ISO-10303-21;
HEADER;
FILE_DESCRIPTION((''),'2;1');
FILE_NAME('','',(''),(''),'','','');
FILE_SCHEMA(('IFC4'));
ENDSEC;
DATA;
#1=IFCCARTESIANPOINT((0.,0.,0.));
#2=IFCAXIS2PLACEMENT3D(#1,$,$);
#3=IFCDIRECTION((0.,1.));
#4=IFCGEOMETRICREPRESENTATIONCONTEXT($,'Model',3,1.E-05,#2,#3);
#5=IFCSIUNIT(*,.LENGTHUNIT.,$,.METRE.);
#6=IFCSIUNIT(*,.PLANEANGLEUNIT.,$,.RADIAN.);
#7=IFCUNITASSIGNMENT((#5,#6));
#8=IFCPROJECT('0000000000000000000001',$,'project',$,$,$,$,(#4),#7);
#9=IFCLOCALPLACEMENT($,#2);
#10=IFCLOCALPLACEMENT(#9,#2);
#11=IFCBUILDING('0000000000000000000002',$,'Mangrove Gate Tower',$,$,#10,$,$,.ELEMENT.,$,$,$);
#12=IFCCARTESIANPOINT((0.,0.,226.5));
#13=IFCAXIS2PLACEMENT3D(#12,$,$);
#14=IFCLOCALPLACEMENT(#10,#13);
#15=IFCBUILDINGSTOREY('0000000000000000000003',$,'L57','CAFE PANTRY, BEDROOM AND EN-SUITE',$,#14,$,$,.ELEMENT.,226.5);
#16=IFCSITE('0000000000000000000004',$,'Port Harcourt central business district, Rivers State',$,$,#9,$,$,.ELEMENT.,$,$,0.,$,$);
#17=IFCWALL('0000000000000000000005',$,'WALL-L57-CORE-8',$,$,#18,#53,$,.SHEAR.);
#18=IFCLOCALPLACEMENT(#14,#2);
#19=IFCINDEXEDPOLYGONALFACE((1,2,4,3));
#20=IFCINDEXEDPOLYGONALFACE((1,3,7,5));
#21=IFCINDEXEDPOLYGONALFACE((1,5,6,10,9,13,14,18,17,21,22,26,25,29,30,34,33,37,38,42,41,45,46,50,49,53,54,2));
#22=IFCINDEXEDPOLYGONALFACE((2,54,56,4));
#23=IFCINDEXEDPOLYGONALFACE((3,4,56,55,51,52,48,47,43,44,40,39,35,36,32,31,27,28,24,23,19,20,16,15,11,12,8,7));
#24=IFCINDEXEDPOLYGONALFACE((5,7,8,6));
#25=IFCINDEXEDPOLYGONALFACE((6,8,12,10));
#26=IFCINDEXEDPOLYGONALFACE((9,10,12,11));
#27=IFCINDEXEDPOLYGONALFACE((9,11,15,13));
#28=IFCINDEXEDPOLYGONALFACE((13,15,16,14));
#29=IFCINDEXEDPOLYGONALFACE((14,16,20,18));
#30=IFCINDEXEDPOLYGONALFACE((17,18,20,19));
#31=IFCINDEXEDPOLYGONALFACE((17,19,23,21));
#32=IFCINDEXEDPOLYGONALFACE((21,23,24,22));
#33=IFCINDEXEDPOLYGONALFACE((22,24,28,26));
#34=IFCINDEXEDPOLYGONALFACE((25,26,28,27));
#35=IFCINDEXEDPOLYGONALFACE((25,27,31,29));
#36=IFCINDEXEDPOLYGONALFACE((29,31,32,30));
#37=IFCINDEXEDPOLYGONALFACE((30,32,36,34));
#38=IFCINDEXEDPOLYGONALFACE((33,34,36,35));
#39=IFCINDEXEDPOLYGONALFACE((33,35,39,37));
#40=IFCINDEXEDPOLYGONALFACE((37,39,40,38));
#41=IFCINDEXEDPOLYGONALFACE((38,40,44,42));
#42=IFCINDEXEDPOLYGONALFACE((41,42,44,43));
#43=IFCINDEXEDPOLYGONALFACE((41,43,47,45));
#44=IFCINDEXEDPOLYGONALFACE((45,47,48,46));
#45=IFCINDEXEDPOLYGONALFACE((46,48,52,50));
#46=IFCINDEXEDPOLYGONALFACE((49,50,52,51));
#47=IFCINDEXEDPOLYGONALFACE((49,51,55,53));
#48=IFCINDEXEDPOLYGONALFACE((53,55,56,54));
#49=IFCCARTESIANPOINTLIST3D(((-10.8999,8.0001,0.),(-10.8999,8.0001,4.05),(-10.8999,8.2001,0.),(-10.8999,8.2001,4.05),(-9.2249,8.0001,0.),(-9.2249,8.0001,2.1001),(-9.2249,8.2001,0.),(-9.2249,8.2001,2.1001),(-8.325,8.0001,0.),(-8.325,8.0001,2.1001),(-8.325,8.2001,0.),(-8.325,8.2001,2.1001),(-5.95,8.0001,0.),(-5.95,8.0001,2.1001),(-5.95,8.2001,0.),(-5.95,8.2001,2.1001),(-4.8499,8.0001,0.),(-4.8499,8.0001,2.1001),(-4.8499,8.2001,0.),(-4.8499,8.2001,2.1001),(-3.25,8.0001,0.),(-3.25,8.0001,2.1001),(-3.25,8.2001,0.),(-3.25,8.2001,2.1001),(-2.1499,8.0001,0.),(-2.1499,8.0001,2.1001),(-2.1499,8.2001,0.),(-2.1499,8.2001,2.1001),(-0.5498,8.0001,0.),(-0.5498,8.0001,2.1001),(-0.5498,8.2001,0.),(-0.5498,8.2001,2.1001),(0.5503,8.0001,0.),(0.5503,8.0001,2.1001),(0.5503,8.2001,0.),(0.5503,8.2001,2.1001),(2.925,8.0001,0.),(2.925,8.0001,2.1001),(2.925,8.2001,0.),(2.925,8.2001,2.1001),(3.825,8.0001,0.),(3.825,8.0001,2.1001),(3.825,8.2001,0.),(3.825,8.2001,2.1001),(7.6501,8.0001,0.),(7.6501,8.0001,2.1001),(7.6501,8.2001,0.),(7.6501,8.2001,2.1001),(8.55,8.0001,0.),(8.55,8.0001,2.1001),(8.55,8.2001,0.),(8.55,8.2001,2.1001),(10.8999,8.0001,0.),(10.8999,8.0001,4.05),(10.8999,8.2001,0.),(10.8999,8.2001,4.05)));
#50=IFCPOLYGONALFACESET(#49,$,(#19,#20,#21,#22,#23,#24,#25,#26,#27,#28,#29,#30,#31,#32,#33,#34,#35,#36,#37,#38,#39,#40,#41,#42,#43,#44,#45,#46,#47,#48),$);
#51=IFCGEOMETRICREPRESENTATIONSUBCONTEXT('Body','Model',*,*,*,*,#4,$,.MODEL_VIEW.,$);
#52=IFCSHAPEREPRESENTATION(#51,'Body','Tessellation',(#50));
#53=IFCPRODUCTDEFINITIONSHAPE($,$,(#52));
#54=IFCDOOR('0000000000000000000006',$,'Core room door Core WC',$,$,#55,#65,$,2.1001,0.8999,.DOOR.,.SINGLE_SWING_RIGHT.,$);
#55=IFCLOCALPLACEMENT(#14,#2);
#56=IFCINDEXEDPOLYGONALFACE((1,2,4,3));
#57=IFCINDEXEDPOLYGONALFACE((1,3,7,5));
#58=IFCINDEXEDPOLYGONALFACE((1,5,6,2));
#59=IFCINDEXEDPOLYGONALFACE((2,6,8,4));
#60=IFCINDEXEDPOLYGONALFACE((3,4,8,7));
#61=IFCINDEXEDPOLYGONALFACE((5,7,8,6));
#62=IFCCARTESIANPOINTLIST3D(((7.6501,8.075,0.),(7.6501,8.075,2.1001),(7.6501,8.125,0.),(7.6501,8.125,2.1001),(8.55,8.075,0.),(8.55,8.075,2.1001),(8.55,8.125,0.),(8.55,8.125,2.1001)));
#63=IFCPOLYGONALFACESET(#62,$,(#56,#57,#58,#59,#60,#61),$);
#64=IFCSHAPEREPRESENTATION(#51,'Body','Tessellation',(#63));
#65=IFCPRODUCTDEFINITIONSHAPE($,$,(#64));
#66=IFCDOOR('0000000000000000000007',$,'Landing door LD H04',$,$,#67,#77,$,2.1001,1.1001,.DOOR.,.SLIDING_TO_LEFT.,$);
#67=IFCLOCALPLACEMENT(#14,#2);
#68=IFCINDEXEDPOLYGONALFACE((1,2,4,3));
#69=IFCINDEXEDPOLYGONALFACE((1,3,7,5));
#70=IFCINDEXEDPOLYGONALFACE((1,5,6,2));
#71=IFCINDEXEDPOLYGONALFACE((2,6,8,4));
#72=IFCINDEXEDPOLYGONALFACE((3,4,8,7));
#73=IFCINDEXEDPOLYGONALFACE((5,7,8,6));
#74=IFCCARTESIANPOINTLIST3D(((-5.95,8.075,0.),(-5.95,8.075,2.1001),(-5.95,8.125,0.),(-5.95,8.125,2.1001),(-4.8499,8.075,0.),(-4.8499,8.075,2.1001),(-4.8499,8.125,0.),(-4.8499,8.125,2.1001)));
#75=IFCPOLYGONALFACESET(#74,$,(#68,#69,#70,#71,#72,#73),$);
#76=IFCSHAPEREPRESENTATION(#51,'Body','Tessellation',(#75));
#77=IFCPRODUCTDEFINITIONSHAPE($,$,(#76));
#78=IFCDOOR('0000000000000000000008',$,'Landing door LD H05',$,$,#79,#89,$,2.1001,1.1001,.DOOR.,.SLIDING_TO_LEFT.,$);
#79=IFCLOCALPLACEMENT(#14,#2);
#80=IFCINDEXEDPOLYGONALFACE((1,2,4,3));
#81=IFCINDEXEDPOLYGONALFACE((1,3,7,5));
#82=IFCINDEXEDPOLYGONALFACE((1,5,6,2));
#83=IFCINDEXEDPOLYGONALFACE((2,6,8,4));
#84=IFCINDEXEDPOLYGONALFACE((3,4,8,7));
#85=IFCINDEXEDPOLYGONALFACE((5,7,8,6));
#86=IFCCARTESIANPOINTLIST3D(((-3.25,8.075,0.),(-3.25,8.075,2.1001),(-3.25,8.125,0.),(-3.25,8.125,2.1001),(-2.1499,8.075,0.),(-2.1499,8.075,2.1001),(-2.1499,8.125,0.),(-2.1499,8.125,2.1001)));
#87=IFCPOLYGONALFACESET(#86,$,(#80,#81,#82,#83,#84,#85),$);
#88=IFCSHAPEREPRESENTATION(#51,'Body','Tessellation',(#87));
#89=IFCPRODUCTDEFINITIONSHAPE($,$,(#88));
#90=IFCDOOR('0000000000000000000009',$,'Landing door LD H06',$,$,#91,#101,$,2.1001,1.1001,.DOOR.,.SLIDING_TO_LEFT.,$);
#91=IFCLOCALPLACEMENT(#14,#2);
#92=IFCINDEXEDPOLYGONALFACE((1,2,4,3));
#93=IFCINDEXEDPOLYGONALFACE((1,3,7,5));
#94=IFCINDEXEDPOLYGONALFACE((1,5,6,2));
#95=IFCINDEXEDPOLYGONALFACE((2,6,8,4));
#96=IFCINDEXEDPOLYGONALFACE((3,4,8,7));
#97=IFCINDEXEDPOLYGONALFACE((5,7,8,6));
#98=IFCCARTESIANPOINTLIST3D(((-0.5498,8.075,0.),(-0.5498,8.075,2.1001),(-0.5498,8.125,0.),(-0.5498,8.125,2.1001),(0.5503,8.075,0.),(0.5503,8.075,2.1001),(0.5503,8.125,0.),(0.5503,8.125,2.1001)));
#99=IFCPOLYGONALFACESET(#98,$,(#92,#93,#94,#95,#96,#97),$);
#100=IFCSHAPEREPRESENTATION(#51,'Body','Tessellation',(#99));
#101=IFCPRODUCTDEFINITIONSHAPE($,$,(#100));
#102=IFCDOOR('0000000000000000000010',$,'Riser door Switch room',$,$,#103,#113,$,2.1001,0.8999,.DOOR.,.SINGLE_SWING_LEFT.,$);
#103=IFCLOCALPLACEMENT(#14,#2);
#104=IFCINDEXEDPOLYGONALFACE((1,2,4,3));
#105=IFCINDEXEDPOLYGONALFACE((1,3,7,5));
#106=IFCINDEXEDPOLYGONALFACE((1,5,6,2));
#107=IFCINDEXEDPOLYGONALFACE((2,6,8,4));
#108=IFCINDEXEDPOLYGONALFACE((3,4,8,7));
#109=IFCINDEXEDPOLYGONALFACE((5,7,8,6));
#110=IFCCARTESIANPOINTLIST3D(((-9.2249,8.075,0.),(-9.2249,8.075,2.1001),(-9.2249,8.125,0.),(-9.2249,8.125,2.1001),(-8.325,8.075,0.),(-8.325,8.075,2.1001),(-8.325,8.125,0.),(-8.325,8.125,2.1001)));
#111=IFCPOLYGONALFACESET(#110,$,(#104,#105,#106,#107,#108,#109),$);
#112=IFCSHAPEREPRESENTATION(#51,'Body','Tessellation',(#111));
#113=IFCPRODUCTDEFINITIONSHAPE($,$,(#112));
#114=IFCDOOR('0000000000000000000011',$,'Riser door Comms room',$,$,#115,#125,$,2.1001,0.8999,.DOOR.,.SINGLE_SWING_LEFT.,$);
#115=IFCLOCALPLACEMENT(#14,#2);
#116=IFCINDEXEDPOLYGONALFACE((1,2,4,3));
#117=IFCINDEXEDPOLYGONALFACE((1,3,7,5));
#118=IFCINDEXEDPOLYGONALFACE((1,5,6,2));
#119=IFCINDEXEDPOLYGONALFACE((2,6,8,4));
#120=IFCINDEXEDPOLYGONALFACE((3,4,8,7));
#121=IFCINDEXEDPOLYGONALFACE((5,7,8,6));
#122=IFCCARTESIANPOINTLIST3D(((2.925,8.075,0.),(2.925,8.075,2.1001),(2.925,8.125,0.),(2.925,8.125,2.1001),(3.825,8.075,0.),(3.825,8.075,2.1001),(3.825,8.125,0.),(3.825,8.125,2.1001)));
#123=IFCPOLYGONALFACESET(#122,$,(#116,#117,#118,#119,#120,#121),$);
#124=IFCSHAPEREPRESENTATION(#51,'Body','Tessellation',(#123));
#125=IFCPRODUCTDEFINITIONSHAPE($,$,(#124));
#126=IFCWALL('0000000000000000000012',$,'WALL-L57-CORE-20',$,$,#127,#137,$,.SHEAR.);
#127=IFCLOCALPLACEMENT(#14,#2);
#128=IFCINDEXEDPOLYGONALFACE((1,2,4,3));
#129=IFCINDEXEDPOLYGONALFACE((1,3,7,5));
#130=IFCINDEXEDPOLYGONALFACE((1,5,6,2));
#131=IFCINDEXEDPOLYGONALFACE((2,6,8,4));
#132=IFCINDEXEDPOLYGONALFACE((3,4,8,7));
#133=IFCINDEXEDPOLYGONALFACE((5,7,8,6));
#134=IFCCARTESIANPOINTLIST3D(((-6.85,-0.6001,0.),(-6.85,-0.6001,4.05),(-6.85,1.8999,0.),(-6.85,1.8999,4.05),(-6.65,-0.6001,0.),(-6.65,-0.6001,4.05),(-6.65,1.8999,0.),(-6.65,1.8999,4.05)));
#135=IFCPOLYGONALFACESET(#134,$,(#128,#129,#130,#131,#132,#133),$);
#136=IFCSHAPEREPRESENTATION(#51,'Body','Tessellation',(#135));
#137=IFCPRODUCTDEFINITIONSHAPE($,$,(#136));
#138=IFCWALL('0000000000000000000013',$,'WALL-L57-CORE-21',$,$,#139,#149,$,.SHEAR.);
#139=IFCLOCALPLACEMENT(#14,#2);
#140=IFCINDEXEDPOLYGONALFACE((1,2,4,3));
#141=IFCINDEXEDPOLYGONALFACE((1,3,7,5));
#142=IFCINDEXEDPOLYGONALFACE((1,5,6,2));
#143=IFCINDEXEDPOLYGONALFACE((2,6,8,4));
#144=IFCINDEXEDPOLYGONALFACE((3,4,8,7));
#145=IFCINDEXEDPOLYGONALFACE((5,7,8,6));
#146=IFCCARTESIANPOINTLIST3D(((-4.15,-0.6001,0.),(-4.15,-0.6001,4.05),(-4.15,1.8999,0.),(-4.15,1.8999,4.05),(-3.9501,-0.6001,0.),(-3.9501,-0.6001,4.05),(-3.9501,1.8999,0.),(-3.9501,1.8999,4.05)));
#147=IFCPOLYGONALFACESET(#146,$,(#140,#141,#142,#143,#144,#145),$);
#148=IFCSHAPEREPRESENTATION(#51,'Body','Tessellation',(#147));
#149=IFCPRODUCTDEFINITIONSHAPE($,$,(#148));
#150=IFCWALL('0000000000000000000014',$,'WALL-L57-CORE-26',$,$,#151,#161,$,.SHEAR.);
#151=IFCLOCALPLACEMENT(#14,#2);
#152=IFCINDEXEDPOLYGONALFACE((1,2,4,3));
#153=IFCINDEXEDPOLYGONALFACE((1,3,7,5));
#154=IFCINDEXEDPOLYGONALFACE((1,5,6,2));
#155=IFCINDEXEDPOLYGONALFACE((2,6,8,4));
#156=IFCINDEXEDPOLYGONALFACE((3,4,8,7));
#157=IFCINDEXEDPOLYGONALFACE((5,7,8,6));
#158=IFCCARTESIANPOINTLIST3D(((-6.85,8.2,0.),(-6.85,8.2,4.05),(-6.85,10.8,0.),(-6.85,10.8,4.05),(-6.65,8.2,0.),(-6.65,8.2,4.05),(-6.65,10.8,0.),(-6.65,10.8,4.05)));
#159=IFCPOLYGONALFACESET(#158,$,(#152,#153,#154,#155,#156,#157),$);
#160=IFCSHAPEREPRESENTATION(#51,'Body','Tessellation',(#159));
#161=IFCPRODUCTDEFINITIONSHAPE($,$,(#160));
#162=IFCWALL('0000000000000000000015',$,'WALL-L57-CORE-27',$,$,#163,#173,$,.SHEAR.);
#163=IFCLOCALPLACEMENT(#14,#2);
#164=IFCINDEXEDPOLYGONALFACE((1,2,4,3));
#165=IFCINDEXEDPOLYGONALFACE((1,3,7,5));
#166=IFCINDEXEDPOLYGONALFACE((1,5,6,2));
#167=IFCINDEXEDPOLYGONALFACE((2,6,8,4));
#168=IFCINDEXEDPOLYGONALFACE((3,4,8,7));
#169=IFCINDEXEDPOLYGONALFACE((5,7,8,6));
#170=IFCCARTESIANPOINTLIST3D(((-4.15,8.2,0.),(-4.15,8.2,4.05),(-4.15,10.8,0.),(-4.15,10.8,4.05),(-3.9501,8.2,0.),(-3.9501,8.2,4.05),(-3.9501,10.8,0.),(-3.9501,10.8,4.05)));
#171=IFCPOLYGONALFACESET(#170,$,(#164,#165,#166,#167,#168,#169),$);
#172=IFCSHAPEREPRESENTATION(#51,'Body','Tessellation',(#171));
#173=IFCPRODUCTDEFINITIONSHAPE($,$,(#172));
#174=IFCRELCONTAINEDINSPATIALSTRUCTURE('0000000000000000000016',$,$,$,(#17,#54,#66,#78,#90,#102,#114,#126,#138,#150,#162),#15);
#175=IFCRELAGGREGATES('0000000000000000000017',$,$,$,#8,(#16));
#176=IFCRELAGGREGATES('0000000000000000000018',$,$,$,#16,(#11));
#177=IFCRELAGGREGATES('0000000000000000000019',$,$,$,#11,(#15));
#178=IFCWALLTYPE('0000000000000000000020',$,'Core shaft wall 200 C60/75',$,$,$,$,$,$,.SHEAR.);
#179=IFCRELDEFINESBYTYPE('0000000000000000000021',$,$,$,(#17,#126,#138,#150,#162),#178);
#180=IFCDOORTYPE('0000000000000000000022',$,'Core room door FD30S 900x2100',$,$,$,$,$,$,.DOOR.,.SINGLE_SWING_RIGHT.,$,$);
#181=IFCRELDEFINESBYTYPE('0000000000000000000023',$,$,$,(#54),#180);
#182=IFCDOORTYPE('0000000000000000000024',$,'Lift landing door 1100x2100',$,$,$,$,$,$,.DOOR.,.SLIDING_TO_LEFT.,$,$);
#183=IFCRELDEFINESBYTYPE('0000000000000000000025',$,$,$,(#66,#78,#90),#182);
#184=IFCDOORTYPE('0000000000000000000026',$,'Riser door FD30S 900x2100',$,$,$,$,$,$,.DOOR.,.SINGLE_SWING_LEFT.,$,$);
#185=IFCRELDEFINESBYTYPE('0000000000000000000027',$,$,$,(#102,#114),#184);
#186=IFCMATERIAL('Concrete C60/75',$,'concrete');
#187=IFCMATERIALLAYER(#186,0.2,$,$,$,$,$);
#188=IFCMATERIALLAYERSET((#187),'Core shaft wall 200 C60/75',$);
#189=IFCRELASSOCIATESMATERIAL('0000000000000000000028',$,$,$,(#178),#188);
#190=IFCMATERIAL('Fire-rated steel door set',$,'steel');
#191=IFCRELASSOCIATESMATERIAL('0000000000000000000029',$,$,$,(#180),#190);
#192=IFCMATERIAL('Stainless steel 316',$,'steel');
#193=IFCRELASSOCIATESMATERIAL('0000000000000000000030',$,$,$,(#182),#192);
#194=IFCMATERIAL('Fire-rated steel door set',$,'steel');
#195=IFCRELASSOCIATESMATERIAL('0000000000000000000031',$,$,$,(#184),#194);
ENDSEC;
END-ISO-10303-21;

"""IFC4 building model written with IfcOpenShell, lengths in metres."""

from ifc_helpers import new_model, si_unit, direction, frame, frame_2d, origin, place, context, subcontext, project, spatial, rectangle, extrude, material, layer, layer_set, type_object, element, fill, save


model = new_model("IFC4")

# Units and contexts
model_context = context("Model", 3, precision=1e-05, world=origin(), true_north=direction((0.0, 1.0)))
body_context = subcontext(model_context, "Body", "Model", "MODEL_VIEW")
ifc_project = project(units=[si_unit("LENGTHUNIT", "METRE"), si_unit("PLANEANGLEUNIT", "RADIAN")], contexts=[model_context])

# Site, building, storey
site_placement = place(None, origin())
site = spatial("IfcSite", under=ifc_project, at=site_placement, Name="Port Harcourt central business district, Rivers State", CompositionType="ELEMENT", RefElevation=0.0)
building_placement = place(site_placement, origin())
building = spatial("IfcBuilding", under=site, at=building_placement, Name="Mangrove Gate Tower", CompositionType="ELEMENT")
storey_placement = place(building_placement, frame((0.0, 0.0, 226.5)))
storey = spatial("IfcBuildingStorey", under=building, at=storey_placement, Name="L57", Description="CAFE PANTRY, BEDROOM AND EN-SUITE", CompositionType="ELEMENT", Elevation=226.5)

# Shared definitions
ifc_material_1 = material(Name="Concrete C60/75", Category="concrete")
ifc_layer_1 = layer(ifc_material_1, 0.2)
ifc_layer_set_1 = layer_set([ifc_layer_1], Name="Core shaft wall 200 C60/75")
wall_type_1 = type_object("IfcWallType", Name="Core shaft wall 200 C60/75", PredefinedType="SHEAR", material=ifc_layer_set_1)

# Wall, openings, doors
ifc_material_2 = material(Name="Fire-rated steel door set", Category="steel")
door_type_1 = type_object("IfcDoorType", Name="Core room door FD30S 900x2100", OperationType="SINGLE_SWING_RIGHT", PredefinedType="DOOR", material=ifc_material_2)
ifc_material_3 = material(Name="Stainless steel 316", Category="steel")
door_type_2 = type_object("IfcDoorType", Name="Lift landing door 1100x2100", OperationType="SLIDING_TO_LEFT", PredefinedType="DOOR", material=ifc_material_3)
ifc_material_4 = material(Name="Fire-rated steel door set", Category="steel")
door_type_3 = type_object("IfcDoorType", Name="Riser door FD30S 900x2100", OperationType="SINGLE_SWING_LEFT", PredefinedType="DOOR", material=ifc_material_4)
wall_1_placement = place(storey_placement, frame((-10.8999, 8.1001, 0.0), z_axis=(0.0, 0.0, 1.0), x_axis=(1.0, 0.0, 0.0)))
wall_1 = element("IfcWall", 1, at=wall_1_placement, inside=storey, type_object=wall_type_1, Name="WALL-L57-CORE-8", PredefinedType="SHEAR", context=body_context, shape_type="SweptSolid", body=[
    extrude(rectangle(XDim=21.7998, YDim=0.2, at=frame_2d((10.8999, 0.0))), origin(), (0.0, 0.0, 1.0), 4.05),
])
opening_1_placement = place(wall_1_placement, frame((4.95, 0.0, 0.0)))
opening_1 = element("IfcOpeningElement", 2, at=opening_1_placement, cuts=wall_1, PredefinedType="OPENING", context=body_context, shape_type="SweptSolid", body=[
    extrude(rectangle(XDim=1.1001, YDim=2.1001, at=frame_2d((0.55, 1.05))), frame((0.0, 0.1099, 0.0), z_axis=(0.0, -1.0, 0.0), x_axis=(1.0, 0.0, 0.0)), (0.0, 0.0, 1.0), 0.22),
])
opening_2_placement = place(wall_1_placement, frame((7.6499, 0.0, 0.0)))
opening_2 = element("IfcOpeningElement", 3, at=opening_2_placement, cuts=wall_1, PredefinedType="OPENING", context=body_context, shape_type="SweptSolid", body=[
    extrude(rectangle(XDim=1.1001, YDim=2.1001, at=frame_2d((0.55, 1.05))), frame((0.0, 0.1099, 0.0), z_axis=(0.0, -1.0, 0.0), x_axis=(1.0, 0.0, 0.0)), (0.0, 0.0, 1.0), 0.22),
])
opening_3_placement = place(wall_1_placement, frame((10.3501, 0.0, 0.0)))
opening_3 = element("IfcOpeningElement", 4, at=opening_3_placement, cuts=wall_1, PredefinedType="OPENING", context=body_context, shape_type="SweptSolid", body=[
    extrude(rectangle(XDim=1.1001, YDim=2.1001, at=frame_2d((0.55, 1.05))), frame((0.0, 0.1099, 0.0), z_axis=(0.0, -1.0, 0.0), x_axis=(1.0, 0.0, 0.0)), (0.0, 0.0, 1.0), 0.22),
])
opening_4_placement = place(wall_1_placement, frame((1.675, 0.0, 0.0)))
opening_4 = element("IfcOpeningElement", 5, at=opening_4_placement, cuts=wall_1, PredefinedType="OPENING", context=body_context, shape_type="SweptSolid", body=[
    extrude(rectangle(XDim=0.8999, YDim=2.1001, at=frame_2d((0.45, 1.05))), frame((0.0, 0.1099, 0.0), z_axis=(0.0, -1.0, 0.0), x_axis=(1.0, 0.0, 0.0)), (0.0, 0.0, 1.0), 0.22),
])
opening_5_placement = place(wall_1_placement, frame((13.825, 0.0, 0.0)))
opening_5 = element("IfcOpeningElement", 6, at=opening_5_placement, cuts=wall_1, PredefinedType="OPENING", context=body_context, shape_type="SweptSolid", body=[
    extrude(rectangle(XDim=0.8999, YDim=2.1001, at=frame_2d((0.45, 1.05))), frame((0.0, 0.1099, 0.0), z_axis=(0.0, -1.0, 0.0), x_axis=(1.0, 0.0, 0.0)), (0.0, 0.0, 1.0), 0.22),
])
opening_6_placement = place(wall_1_placement, frame((18.55, 0.0, 0.0)))
opening_6 = element("IfcOpeningElement", 7, at=opening_6_placement, cuts=wall_1, PredefinedType="OPENING", context=body_context, shape_type="SweptSolid", body=[
    extrude(rectangle(XDim=0.8999, YDim=2.1001, at=frame_2d((0.45, 1.05))), frame((0.0, 0.1099, 0.0), z_axis=(0.0, -1.0, 0.0), x_axis=(1.0, 0.0, 0.0)), (0.0, 0.0, 1.0), 0.22),
])
door_1_placement = place(opening_6_placement, origin())
door_1 = element("IfcDoor", 8, at=door_1_placement, inside=storey, type_object=door_type_1, Name="Core room door Core WC", OperationType="SINGLE_SWING_RIGHT", OverallHeight=2.1001, OverallWidth=0.8999, PredefinedType="DOOR", context=body_context, shape_type="SweptSolid", body=[
    extrude(rectangle(XDim=0.8999, YDim=2.1001, at=frame_2d((0.45, 1.05))), frame((0.0, 0.0249, 0.0), z_axis=(0.0, -1.0, 0.0), x_axis=(1.0, 0.0, 0.0)), (0.0, 0.0, 1.0), 0.05),
])
fill(opening_6, door_1)
door_2_placement = place(opening_1_placement, origin())
door_2 = element("IfcDoor", 9, at=door_2_placement, inside=storey, type_object=door_type_2, Name="Landing door LD H04", OperationType="SLIDING_TO_LEFT", OverallHeight=2.1001, OverallWidth=1.1001, PredefinedType="DOOR", context=body_context, shape_type="SweptSolid", body=[
    extrude(rectangle(XDim=1.1001, YDim=2.1001, at=frame_2d((0.55, 1.05))), frame((0.0, 0.0249, 0.0), z_axis=(0.0, -1.0, 0.0), x_axis=(1.0, 0.0, 0.0)), (0.0, 0.0, 1.0), 0.05),
])
fill(opening_1, door_2)
door_3_placement = place(opening_2_placement, origin())
door_3 = element("IfcDoor", 10, at=door_3_placement, inside=storey, type_object=door_type_2, Name="Landing door LD H05", OperationType="SLIDING_TO_LEFT", OverallHeight=2.1001, OverallWidth=1.1001, PredefinedType="DOOR", context=body_context, shape_type="SweptSolid", body=[
    extrude(rectangle(XDim=1.1001, YDim=2.1001, at=frame_2d((0.55, 1.05))), frame((0.0, 0.0249, 0.0), z_axis=(0.0, -1.0, 0.0), x_axis=(1.0, 0.0, 0.0)), (0.0, 0.0, 1.0), 0.05),
])
fill(opening_2, door_3)
door_4_placement = place(opening_3_placement, origin())
door_4 = element("IfcDoor", 11, at=door_4_placement, inside=storey, type_object=door_type_2, Name="Landing door LD H06", OperationType="SLIDING_TO_LEFT", OverallHeight=2.1001, OverallWidth=1.1001, PredefinedType="DOOR", context=body_context, shape_type="SweptSolid", body=[
    extrude(rectangle(XDim=1.1001, YDim=2.1001, at=frame_2d((0.55, 1.05))), frame((0.0, 0.0249, 0.0), z_axis=(0.0, -1.0, 0.0), x_axis=(1.0, 0.0, 0.0)), (0.0, 0.0, 1.0), 0.05),
])
fill(opening_3, door_4)
door_5_placement = place(opening_4_placement, origin())
door_5 = element("IfcDoor", 12, at=door_5_placement, inside=storey, type_object=door_type_3, Name="Riser door Switch room", OperationType="SINGLE_SWING_LEFT", OverallHeight=2.1001, OverallWidth=0.8999, PredefinedType="DOOR", context=body_context, shape_type="SweptSolid", body=[
    extrude(rectangle(XDim=0.8999, YDim=2.1001, at=frame_2d((0.45, 1.05))), frame((0.0, 0.0249, 0.0), z_axis=(0.0, -1.0, 0.0), x_axis=(1.0, 0.0, 0.0)), (0.0, 0.0, 1.0), 0.05),
])
fill(opening_4, door_5)
door_6_placement = place(opening_5_placement, origin())
door_6 = element("IfcDoor", 13, at=door_6_placement, inside=storey, type_object=door_type_3, Name="Riser door Comms room", OperationType="SINGLE_SWING_LEFT", OverallHeight=2.1001, OverallWidth=0.8999, PredefinedType="DOOR", context=body_context, shape_type="SweptSolid", body=[
    extrude(rectangle(XDim=0.8999, YDim=2.1001, at=frame_2d((0.45, 1.05))), frame((0.0, 0.0249, 0.0), z_axis=(0.0, -1.0, 0.0), x_axis=(1.0, 0.0, 0.0)), (0.0, 0.0, 1.0), 0.05),
])
fill(opening_5, door_6)

# Walls
for number, where, z_axis, x_axis, name in (
    (14, (-6.75, -0.6001, 0.0), (0.0, 0.0, 1.0), (0.0, 1.0, 0.0), "WALL-L57-CORE-20"),
    (15, (-4.05, -0.6001, 0.0), (0.0, 0.0, 1.0), (0.0, 1.0, 0.0), "WALL-L57-CORE-21"),
):
    element("IfcWall", number, at=place(storey_placement, frame(where, z_axis=z_axis, x_axis=x_axis)), inside=storey, type_object=wall_type_1, Name=name, PredefinedType="SHEAR", context=body_context, shape_type="SweptSolid", body=[
        extrude(rectangle(XDim=2.5, YDim=0.2, at=frame_2d((1.25, 0.0))), origin(), (0.0, 0.0, 1.0), 4.05),
    ])
for number, where, z_axis, x_axis, name in (
    (16, (-6.75, 8.2, 0.0), (0.0, 0.0, 1.0), (0.0, 1.0, 0.0), "WALL-L57-CORE-26"),
    (17, (-4.05, 8.2, 0.0), (0.0, 0.0, 1.0), (0.0, 1.0, 0.0), "WALL-L57-CORE-27"),
):
    element("IfcWall", number, at=place(storey_placement, frame(where, z_axis=z_axis, x_axis=x_axis)), inside=storey, type_object=wall_type_1, Name=name, PredefinedType="SHEAR", context=body_context, shape_type="SweptSolid", body=[
        extrude(rectangle(XDim=2.6001, YDim=0.2, at=frame_2d((1.3, 0.0))), origin(), (0.0, 0.0, 1.0), 4.05),
    ])

save(model, "model.ifc")
